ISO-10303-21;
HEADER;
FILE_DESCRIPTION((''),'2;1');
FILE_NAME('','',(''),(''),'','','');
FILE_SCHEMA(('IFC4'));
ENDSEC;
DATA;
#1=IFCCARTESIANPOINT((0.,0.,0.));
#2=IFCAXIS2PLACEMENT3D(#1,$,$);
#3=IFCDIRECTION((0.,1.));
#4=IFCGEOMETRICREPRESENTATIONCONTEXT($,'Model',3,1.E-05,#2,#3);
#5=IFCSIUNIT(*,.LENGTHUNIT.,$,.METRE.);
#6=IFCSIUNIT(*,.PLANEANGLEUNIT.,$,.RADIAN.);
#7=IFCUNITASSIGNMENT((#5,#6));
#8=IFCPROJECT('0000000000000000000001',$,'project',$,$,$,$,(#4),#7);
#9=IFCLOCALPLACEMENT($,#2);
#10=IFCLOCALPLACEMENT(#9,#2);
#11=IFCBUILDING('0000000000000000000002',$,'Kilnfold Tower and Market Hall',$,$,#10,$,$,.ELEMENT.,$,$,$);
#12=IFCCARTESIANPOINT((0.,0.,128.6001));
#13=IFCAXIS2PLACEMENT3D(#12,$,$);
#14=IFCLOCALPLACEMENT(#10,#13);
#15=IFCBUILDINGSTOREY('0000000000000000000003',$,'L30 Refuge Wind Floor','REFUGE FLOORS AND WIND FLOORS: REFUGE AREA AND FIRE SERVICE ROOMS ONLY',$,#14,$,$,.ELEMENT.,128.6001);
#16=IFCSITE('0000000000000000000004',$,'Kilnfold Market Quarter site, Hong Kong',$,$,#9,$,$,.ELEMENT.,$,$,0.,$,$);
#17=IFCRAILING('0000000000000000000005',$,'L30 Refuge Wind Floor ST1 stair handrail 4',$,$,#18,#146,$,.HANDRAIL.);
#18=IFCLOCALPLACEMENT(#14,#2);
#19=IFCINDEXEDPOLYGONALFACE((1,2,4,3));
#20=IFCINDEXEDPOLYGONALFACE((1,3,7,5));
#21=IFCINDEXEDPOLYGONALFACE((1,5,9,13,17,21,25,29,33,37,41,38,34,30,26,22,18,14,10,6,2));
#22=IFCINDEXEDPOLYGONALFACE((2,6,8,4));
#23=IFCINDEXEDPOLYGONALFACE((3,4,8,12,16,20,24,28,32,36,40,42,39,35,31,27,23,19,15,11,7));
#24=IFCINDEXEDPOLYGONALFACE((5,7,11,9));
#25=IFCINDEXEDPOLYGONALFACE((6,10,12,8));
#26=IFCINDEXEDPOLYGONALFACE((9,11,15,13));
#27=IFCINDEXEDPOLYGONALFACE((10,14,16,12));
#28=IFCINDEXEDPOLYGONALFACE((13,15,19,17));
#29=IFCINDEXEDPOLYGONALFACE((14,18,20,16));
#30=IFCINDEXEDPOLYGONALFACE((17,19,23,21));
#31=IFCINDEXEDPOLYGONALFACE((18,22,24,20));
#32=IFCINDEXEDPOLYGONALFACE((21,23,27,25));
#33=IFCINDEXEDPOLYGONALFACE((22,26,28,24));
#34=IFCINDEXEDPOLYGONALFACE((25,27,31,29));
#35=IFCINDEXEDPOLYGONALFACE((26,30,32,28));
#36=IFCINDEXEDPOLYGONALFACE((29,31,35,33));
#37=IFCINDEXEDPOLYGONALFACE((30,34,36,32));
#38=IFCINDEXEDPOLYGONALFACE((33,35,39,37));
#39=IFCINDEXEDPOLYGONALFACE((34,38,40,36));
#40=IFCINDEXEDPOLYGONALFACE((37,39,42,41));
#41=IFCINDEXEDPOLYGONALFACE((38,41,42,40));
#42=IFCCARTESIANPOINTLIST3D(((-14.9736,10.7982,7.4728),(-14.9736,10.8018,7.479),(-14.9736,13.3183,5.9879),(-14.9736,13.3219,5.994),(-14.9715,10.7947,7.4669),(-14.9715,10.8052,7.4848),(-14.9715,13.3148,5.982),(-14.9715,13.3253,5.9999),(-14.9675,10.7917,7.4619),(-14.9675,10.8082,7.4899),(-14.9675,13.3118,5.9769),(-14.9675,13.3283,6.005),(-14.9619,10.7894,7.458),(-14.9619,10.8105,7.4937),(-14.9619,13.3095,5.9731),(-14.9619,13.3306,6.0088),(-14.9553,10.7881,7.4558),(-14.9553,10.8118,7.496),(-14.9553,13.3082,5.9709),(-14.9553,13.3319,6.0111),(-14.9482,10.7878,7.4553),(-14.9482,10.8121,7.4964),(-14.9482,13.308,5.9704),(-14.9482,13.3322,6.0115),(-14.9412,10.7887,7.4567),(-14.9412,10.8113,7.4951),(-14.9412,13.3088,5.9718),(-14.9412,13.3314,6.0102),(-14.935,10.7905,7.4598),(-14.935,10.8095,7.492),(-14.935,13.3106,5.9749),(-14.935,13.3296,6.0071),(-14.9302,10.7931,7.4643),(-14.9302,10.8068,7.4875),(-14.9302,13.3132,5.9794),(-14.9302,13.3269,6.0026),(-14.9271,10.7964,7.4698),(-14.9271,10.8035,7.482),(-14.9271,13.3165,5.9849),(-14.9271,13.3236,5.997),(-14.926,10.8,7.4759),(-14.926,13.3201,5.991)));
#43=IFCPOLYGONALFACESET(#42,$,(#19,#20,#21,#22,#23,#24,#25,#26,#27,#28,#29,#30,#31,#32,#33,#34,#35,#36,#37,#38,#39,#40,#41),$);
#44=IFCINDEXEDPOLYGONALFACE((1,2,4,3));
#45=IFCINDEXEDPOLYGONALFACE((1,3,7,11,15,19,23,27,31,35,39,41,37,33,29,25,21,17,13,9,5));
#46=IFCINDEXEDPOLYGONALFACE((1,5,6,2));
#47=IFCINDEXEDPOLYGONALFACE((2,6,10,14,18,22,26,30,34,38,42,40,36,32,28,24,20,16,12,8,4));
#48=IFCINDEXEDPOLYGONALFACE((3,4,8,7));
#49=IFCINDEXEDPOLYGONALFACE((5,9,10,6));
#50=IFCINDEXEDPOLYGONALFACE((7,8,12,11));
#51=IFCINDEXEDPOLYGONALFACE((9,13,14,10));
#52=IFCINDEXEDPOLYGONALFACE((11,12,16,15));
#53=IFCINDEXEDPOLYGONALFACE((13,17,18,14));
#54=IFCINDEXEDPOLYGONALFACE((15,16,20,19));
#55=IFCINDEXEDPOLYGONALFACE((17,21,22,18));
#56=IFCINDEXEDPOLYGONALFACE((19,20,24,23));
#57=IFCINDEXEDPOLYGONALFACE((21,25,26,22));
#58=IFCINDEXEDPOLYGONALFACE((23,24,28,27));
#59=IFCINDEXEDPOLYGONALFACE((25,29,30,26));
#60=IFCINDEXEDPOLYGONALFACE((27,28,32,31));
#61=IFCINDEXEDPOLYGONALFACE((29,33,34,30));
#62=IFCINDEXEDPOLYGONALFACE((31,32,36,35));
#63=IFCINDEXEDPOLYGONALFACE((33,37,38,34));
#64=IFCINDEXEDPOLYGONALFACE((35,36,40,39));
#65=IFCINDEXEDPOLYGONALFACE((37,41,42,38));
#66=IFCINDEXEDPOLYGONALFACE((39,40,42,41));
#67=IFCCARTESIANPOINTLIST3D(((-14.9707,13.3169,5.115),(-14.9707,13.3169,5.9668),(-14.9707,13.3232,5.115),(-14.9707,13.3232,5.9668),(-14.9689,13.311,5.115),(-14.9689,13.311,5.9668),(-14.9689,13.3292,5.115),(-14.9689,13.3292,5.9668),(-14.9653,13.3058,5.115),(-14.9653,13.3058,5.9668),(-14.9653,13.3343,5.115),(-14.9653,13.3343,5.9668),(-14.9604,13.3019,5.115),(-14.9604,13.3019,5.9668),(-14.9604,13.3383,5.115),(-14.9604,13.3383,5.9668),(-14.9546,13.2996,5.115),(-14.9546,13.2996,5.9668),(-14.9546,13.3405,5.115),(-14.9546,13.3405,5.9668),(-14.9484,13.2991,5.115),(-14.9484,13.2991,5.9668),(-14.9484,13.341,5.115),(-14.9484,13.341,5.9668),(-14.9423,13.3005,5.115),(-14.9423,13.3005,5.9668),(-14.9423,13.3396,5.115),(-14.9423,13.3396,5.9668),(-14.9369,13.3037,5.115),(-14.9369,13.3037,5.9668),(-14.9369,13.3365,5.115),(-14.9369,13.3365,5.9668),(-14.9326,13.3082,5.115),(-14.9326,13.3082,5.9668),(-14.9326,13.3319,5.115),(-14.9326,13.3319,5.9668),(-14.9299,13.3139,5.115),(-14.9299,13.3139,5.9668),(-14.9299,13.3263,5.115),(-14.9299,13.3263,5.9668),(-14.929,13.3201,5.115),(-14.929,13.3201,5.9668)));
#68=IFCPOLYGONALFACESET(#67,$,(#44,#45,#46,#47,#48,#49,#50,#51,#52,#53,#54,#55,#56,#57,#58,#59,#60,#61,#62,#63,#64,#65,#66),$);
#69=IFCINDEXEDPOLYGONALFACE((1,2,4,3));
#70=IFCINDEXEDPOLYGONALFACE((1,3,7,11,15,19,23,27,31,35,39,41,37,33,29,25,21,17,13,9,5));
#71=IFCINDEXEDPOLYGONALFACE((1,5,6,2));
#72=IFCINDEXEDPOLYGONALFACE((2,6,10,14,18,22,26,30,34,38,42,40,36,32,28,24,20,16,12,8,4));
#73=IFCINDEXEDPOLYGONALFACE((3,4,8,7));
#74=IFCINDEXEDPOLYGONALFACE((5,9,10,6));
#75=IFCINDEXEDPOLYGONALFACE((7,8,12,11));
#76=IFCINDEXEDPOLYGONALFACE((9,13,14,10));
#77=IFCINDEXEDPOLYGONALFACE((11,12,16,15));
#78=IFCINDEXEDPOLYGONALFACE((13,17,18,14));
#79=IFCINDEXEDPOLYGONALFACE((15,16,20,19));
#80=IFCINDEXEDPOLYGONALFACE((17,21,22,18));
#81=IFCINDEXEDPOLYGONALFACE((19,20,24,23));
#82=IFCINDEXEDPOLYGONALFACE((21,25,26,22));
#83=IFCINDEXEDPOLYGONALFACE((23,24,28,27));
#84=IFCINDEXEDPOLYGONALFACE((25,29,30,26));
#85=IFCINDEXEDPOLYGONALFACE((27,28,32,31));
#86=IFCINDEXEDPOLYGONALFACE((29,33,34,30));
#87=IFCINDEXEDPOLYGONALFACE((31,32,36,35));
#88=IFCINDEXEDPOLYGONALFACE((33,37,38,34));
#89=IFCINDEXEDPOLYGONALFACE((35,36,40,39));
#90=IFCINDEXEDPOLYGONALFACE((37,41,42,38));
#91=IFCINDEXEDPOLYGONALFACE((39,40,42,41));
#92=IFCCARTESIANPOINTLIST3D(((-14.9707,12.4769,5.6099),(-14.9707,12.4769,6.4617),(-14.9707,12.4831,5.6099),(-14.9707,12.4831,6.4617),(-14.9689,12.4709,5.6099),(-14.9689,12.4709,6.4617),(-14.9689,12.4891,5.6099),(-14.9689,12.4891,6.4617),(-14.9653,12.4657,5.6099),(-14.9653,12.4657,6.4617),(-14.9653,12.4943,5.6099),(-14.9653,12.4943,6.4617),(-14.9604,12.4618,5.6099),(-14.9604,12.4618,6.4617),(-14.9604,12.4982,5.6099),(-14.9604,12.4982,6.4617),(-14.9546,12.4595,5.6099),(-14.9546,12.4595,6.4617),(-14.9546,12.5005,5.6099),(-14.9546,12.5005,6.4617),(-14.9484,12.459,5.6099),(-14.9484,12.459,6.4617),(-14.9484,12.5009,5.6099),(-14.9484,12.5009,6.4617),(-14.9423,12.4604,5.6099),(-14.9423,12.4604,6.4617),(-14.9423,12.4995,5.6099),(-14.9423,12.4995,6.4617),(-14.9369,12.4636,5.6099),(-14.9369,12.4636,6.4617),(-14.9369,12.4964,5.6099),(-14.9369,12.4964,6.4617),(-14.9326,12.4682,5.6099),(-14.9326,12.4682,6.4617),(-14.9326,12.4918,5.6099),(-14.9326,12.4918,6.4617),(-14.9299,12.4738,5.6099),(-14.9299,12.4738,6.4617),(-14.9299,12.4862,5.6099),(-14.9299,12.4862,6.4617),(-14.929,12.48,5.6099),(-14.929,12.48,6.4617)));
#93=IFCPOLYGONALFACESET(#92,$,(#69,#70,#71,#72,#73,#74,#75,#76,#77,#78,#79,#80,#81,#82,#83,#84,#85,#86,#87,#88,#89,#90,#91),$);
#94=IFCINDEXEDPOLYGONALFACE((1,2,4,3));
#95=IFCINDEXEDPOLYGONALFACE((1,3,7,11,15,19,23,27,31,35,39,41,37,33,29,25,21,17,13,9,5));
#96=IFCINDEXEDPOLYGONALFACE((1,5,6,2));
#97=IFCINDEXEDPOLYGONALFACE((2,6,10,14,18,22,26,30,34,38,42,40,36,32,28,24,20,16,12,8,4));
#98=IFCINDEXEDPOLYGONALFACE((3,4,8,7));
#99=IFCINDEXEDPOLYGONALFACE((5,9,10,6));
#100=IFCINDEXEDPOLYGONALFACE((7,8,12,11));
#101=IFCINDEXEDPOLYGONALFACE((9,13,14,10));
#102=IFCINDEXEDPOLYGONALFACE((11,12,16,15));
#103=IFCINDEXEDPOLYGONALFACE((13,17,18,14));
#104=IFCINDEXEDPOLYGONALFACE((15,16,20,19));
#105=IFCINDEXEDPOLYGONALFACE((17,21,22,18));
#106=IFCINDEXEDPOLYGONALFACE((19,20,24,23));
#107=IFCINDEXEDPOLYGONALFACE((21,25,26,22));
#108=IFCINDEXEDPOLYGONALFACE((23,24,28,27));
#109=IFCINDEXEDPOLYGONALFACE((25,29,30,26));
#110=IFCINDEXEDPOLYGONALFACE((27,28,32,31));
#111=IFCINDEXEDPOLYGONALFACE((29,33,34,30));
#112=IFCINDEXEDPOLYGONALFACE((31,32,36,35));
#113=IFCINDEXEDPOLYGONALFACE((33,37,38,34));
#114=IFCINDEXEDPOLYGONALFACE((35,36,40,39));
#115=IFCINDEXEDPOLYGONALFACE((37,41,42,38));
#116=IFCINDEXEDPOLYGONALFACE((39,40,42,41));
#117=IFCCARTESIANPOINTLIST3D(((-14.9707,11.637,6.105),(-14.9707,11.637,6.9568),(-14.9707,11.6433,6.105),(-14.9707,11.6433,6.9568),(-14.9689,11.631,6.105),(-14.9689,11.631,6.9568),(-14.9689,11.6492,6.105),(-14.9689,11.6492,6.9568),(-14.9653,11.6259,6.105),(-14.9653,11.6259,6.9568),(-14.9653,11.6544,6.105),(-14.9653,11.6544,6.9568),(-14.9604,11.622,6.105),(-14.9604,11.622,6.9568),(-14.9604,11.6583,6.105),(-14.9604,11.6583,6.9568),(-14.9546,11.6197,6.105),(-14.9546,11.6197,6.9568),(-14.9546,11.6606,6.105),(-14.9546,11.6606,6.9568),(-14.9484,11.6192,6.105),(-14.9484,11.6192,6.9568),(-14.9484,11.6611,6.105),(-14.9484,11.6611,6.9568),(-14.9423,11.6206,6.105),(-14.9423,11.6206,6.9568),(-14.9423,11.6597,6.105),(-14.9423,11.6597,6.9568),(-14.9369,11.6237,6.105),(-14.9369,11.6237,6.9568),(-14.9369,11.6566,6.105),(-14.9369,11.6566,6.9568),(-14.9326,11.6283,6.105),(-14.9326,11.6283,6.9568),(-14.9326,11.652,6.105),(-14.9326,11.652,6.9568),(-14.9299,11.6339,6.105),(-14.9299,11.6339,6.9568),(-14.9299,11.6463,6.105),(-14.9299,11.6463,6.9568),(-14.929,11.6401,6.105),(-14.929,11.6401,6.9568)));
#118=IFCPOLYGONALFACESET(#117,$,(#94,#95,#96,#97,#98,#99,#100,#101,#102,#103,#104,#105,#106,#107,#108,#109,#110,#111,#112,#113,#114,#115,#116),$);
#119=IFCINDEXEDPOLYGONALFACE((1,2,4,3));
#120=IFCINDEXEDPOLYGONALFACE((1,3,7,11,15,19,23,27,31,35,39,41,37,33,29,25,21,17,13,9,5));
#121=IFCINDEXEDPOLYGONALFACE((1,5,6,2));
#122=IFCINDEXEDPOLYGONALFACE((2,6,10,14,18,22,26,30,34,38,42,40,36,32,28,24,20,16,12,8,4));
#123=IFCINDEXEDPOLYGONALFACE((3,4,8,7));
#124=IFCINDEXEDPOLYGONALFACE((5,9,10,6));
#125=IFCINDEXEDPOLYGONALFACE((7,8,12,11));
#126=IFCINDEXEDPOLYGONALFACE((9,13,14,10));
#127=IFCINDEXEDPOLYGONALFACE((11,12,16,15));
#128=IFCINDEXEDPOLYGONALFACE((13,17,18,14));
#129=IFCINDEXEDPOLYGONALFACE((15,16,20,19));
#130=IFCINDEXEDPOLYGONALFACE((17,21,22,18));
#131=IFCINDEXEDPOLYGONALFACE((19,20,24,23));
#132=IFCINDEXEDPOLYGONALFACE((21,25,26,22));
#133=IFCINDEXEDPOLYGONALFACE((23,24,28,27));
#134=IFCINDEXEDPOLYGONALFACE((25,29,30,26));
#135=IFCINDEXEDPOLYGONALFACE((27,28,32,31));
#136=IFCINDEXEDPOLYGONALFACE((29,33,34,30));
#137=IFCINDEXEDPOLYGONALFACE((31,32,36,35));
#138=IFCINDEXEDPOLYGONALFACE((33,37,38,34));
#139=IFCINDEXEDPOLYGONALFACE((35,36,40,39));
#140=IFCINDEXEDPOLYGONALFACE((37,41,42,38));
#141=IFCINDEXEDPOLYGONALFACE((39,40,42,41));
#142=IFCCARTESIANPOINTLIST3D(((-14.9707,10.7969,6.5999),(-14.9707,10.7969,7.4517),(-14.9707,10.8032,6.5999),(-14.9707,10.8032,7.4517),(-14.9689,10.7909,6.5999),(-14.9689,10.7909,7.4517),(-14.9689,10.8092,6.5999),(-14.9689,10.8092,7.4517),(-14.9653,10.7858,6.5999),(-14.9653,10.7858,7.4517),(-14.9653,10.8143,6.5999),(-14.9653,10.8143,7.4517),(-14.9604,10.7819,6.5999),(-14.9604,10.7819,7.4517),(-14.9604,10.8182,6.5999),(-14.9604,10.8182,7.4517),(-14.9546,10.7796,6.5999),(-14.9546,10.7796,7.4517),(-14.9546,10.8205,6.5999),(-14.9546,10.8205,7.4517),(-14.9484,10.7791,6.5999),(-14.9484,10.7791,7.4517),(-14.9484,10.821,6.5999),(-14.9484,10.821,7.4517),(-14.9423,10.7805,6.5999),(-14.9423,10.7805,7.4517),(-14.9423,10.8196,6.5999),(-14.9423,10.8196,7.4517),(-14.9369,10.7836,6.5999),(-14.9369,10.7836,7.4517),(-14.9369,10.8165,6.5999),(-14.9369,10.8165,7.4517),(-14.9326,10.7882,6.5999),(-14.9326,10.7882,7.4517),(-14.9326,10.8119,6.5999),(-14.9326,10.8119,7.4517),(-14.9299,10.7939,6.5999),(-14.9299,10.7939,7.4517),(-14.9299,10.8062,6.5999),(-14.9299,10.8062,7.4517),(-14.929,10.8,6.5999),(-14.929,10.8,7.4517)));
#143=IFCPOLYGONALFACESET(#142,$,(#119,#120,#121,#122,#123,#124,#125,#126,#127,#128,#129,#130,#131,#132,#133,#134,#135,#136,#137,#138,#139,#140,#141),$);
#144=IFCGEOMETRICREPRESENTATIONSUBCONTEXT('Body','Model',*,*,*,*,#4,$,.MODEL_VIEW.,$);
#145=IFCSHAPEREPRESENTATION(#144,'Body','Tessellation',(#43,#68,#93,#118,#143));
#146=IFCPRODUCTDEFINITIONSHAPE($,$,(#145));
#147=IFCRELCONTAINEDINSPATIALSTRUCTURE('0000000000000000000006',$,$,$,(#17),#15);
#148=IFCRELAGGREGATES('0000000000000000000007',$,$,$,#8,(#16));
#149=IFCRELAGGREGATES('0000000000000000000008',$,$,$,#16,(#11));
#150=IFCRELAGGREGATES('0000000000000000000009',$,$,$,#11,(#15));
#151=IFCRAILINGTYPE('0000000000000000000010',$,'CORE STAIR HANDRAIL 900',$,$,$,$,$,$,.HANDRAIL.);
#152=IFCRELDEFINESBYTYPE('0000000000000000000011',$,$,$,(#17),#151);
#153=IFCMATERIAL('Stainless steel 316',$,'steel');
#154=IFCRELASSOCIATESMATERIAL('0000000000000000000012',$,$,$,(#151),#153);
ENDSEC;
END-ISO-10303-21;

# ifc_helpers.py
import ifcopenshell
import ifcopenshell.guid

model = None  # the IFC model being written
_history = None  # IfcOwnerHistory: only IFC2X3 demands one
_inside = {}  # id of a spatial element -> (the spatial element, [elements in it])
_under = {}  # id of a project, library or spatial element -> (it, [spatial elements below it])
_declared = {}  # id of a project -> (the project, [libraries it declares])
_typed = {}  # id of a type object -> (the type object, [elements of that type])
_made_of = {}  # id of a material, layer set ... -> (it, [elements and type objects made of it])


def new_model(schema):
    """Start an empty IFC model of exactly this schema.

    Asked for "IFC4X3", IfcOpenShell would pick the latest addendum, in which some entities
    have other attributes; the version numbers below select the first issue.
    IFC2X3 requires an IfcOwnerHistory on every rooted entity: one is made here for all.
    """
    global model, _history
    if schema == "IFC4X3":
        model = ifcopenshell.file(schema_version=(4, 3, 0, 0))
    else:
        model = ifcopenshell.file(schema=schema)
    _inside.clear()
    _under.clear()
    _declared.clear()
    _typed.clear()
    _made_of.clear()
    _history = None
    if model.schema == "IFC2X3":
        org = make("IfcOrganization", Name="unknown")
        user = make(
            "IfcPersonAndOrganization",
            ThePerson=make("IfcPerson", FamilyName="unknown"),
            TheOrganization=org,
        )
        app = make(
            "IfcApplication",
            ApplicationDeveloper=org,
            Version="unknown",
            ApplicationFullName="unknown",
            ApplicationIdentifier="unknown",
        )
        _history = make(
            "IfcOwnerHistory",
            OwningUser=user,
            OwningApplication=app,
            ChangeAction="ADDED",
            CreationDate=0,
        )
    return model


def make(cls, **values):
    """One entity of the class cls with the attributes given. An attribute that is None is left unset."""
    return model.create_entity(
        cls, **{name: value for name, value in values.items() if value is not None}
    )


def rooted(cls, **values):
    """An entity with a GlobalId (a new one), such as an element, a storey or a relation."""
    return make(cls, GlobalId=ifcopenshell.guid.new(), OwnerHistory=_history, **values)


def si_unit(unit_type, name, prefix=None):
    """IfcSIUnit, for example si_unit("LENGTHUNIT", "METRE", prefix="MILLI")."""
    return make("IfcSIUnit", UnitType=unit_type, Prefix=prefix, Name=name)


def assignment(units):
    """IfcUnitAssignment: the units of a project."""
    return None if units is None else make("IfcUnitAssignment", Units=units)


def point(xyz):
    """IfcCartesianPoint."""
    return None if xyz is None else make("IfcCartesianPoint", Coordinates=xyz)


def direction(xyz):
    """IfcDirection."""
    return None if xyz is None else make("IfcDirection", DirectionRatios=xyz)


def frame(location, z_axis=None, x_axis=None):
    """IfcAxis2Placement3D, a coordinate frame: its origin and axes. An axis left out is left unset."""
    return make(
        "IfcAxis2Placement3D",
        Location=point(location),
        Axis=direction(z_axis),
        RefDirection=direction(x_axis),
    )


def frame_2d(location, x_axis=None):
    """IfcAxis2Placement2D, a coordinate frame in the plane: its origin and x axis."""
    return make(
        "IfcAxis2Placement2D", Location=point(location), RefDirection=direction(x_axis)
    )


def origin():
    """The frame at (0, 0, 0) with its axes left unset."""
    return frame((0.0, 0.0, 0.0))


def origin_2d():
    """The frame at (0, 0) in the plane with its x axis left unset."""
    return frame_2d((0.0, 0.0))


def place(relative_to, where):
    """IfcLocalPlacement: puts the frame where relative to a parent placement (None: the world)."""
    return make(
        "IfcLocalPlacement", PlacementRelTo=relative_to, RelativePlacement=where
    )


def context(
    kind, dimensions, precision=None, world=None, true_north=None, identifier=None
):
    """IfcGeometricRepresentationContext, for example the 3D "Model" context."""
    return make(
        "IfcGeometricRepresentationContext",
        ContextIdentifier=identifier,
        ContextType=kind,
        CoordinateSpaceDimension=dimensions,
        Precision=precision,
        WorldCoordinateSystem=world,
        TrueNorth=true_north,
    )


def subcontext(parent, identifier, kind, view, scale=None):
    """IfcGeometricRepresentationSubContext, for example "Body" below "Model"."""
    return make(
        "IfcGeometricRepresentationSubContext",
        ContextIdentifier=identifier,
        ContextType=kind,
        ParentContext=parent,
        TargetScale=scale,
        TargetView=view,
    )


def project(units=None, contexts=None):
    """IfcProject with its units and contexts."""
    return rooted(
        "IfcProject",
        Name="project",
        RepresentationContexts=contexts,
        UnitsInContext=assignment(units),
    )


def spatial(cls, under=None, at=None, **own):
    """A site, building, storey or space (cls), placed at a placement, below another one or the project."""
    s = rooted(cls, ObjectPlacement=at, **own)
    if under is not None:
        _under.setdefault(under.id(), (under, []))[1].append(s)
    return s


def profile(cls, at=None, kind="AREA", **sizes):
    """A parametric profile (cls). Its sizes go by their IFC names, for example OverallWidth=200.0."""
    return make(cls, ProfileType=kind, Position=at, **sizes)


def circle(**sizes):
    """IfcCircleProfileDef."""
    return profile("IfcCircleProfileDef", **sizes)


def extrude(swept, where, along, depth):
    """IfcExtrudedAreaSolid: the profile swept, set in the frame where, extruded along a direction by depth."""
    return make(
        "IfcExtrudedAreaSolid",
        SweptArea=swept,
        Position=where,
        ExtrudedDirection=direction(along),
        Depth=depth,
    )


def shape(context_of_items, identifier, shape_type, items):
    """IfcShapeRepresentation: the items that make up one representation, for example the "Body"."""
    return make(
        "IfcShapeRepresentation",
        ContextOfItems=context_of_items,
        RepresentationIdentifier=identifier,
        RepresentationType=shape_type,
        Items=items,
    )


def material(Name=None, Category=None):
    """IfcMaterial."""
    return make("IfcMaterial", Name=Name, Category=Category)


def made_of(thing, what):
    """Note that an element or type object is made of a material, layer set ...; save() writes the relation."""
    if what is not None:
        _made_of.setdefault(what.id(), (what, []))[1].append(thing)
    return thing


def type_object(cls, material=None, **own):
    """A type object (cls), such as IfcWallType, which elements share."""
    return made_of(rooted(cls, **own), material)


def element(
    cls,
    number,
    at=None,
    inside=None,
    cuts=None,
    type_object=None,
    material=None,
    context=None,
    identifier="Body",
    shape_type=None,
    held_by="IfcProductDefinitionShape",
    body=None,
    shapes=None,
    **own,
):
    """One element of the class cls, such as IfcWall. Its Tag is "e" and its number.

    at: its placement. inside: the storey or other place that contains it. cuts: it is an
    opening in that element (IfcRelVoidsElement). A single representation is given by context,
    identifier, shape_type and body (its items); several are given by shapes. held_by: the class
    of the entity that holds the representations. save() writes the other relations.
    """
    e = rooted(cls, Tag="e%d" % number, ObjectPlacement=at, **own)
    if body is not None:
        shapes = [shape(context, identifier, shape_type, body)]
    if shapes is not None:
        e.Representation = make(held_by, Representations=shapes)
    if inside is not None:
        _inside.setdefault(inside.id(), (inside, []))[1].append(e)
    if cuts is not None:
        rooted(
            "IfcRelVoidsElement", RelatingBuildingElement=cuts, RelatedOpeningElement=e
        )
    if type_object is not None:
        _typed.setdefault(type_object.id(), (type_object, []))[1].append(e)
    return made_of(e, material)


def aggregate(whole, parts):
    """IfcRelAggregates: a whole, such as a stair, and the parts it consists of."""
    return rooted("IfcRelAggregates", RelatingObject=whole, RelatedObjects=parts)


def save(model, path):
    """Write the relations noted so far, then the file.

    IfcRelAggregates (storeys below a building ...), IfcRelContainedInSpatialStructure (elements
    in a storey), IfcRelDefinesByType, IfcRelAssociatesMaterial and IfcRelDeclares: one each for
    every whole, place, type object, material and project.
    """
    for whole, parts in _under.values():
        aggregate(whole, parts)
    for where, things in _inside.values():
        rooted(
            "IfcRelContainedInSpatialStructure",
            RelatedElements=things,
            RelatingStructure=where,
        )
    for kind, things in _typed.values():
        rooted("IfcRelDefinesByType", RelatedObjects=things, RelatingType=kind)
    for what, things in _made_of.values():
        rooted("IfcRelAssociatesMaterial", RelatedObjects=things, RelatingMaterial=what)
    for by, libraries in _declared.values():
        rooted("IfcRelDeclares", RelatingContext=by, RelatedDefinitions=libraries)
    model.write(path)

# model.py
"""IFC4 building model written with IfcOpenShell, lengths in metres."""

from ifc_helpers import new_model, si_unit, direction, frame, origin, origin_2d, place, context, subcontext, project, spatial, circle, extrude, material, type_object, element, save


model = new_model("IFC4")

# Units and contexts
model_context = context("Model", 3, precision=1e-05, world=origin(), true_north=direction((0.0, 1.0)))
body_context = subcontext(model_context, "Body", "Model", "MODEL_VIEW")
ifc_project = project(units=[si_unit("LENGTHUNIT", "METRE"), si_unit("PLANEANGLEUNIT", "RADIAN")], contexts=[model_context])

# Site, building, storey
site_placement = place(None, origin())
site = spatial("IfcSite", under=ifc_project, at=site_placement, Name="Kilnfold Market Quarter site, Hong Kong", CompositionType="ELEMENT", RefElevation=0.0)
building_placement = place(site_placement, origin())
building = spatial("IfcBuilding", under=site, at=building_placement, Name="Kilnfold Tower and Market Hall", CompositionType="ELEMENT")
storey_placement = place(building_placement, frame((0.0, 0.0, 128.6001)))
storey = spatial("IfcBuildingStorey", under=building, at=storey_placement, Name="L30 Refuge Wind Floor", Description="REFUGE FLOORS AND WIND FLOORS: REFUGE AREA AND FIRE SERVICE ROOMS ONLY", CompositionType="ELEMENT", Elevation=128.6001)

# Railing
ifc_material_1 = material(Name="Stainless steel 316", Category="steel")
railing_type_1 = type_object("IfcRailingType", Name="CORE STAIR HANDRAIL 900", PredefinedType="HANDRAIL", material=ifc_material_1)
railing_1_placement = place(storey_placement, frame((-14.95, 13.3201, 5.115)))
element("IfcRailing", 1, at=railing_1_placement, inside=storey, type_object=railing_type_1, Name="L30 Refuge Wind Floor ST1 stair handrail 4", PredefinedType="HANDRAIL", context=body_context, shape_type="SweptSolid", body=[
    extrude(circle(Radius=0.0239, at=origin_2d()), frame((0.0, 0.0, 0.876), z_axis=(0.0, -0.861561, 0.507655), x_axis=(1.0, 0.0, 0.0)), (0.0, 0.0, 1.0), 2.925),
    extrude(circle(Radius=0.021, at=origin_2d()), origin(), (0.0, 0.0, 1.0), 0.8518),
    extrude(circle(Radius=0.021, at=origin_2d()), frame((0.0, -0.8401, 0.4949)), (0.0, 0.0, 1.0), 0.8518),
    extrude(circle(Radius=0.021, at=origin_2d()), frame((0.0, -1.6799, 0.99)), (0.0, 0.0, 1.0), 0.8518),
    extrude(circle(Radius=0.021, at=origin_2d()), frame((0.0, -2.52, 1.4849)), (0.0, 0.0, 1.0), 0.8518),
])

save(model, "model.ifc")
